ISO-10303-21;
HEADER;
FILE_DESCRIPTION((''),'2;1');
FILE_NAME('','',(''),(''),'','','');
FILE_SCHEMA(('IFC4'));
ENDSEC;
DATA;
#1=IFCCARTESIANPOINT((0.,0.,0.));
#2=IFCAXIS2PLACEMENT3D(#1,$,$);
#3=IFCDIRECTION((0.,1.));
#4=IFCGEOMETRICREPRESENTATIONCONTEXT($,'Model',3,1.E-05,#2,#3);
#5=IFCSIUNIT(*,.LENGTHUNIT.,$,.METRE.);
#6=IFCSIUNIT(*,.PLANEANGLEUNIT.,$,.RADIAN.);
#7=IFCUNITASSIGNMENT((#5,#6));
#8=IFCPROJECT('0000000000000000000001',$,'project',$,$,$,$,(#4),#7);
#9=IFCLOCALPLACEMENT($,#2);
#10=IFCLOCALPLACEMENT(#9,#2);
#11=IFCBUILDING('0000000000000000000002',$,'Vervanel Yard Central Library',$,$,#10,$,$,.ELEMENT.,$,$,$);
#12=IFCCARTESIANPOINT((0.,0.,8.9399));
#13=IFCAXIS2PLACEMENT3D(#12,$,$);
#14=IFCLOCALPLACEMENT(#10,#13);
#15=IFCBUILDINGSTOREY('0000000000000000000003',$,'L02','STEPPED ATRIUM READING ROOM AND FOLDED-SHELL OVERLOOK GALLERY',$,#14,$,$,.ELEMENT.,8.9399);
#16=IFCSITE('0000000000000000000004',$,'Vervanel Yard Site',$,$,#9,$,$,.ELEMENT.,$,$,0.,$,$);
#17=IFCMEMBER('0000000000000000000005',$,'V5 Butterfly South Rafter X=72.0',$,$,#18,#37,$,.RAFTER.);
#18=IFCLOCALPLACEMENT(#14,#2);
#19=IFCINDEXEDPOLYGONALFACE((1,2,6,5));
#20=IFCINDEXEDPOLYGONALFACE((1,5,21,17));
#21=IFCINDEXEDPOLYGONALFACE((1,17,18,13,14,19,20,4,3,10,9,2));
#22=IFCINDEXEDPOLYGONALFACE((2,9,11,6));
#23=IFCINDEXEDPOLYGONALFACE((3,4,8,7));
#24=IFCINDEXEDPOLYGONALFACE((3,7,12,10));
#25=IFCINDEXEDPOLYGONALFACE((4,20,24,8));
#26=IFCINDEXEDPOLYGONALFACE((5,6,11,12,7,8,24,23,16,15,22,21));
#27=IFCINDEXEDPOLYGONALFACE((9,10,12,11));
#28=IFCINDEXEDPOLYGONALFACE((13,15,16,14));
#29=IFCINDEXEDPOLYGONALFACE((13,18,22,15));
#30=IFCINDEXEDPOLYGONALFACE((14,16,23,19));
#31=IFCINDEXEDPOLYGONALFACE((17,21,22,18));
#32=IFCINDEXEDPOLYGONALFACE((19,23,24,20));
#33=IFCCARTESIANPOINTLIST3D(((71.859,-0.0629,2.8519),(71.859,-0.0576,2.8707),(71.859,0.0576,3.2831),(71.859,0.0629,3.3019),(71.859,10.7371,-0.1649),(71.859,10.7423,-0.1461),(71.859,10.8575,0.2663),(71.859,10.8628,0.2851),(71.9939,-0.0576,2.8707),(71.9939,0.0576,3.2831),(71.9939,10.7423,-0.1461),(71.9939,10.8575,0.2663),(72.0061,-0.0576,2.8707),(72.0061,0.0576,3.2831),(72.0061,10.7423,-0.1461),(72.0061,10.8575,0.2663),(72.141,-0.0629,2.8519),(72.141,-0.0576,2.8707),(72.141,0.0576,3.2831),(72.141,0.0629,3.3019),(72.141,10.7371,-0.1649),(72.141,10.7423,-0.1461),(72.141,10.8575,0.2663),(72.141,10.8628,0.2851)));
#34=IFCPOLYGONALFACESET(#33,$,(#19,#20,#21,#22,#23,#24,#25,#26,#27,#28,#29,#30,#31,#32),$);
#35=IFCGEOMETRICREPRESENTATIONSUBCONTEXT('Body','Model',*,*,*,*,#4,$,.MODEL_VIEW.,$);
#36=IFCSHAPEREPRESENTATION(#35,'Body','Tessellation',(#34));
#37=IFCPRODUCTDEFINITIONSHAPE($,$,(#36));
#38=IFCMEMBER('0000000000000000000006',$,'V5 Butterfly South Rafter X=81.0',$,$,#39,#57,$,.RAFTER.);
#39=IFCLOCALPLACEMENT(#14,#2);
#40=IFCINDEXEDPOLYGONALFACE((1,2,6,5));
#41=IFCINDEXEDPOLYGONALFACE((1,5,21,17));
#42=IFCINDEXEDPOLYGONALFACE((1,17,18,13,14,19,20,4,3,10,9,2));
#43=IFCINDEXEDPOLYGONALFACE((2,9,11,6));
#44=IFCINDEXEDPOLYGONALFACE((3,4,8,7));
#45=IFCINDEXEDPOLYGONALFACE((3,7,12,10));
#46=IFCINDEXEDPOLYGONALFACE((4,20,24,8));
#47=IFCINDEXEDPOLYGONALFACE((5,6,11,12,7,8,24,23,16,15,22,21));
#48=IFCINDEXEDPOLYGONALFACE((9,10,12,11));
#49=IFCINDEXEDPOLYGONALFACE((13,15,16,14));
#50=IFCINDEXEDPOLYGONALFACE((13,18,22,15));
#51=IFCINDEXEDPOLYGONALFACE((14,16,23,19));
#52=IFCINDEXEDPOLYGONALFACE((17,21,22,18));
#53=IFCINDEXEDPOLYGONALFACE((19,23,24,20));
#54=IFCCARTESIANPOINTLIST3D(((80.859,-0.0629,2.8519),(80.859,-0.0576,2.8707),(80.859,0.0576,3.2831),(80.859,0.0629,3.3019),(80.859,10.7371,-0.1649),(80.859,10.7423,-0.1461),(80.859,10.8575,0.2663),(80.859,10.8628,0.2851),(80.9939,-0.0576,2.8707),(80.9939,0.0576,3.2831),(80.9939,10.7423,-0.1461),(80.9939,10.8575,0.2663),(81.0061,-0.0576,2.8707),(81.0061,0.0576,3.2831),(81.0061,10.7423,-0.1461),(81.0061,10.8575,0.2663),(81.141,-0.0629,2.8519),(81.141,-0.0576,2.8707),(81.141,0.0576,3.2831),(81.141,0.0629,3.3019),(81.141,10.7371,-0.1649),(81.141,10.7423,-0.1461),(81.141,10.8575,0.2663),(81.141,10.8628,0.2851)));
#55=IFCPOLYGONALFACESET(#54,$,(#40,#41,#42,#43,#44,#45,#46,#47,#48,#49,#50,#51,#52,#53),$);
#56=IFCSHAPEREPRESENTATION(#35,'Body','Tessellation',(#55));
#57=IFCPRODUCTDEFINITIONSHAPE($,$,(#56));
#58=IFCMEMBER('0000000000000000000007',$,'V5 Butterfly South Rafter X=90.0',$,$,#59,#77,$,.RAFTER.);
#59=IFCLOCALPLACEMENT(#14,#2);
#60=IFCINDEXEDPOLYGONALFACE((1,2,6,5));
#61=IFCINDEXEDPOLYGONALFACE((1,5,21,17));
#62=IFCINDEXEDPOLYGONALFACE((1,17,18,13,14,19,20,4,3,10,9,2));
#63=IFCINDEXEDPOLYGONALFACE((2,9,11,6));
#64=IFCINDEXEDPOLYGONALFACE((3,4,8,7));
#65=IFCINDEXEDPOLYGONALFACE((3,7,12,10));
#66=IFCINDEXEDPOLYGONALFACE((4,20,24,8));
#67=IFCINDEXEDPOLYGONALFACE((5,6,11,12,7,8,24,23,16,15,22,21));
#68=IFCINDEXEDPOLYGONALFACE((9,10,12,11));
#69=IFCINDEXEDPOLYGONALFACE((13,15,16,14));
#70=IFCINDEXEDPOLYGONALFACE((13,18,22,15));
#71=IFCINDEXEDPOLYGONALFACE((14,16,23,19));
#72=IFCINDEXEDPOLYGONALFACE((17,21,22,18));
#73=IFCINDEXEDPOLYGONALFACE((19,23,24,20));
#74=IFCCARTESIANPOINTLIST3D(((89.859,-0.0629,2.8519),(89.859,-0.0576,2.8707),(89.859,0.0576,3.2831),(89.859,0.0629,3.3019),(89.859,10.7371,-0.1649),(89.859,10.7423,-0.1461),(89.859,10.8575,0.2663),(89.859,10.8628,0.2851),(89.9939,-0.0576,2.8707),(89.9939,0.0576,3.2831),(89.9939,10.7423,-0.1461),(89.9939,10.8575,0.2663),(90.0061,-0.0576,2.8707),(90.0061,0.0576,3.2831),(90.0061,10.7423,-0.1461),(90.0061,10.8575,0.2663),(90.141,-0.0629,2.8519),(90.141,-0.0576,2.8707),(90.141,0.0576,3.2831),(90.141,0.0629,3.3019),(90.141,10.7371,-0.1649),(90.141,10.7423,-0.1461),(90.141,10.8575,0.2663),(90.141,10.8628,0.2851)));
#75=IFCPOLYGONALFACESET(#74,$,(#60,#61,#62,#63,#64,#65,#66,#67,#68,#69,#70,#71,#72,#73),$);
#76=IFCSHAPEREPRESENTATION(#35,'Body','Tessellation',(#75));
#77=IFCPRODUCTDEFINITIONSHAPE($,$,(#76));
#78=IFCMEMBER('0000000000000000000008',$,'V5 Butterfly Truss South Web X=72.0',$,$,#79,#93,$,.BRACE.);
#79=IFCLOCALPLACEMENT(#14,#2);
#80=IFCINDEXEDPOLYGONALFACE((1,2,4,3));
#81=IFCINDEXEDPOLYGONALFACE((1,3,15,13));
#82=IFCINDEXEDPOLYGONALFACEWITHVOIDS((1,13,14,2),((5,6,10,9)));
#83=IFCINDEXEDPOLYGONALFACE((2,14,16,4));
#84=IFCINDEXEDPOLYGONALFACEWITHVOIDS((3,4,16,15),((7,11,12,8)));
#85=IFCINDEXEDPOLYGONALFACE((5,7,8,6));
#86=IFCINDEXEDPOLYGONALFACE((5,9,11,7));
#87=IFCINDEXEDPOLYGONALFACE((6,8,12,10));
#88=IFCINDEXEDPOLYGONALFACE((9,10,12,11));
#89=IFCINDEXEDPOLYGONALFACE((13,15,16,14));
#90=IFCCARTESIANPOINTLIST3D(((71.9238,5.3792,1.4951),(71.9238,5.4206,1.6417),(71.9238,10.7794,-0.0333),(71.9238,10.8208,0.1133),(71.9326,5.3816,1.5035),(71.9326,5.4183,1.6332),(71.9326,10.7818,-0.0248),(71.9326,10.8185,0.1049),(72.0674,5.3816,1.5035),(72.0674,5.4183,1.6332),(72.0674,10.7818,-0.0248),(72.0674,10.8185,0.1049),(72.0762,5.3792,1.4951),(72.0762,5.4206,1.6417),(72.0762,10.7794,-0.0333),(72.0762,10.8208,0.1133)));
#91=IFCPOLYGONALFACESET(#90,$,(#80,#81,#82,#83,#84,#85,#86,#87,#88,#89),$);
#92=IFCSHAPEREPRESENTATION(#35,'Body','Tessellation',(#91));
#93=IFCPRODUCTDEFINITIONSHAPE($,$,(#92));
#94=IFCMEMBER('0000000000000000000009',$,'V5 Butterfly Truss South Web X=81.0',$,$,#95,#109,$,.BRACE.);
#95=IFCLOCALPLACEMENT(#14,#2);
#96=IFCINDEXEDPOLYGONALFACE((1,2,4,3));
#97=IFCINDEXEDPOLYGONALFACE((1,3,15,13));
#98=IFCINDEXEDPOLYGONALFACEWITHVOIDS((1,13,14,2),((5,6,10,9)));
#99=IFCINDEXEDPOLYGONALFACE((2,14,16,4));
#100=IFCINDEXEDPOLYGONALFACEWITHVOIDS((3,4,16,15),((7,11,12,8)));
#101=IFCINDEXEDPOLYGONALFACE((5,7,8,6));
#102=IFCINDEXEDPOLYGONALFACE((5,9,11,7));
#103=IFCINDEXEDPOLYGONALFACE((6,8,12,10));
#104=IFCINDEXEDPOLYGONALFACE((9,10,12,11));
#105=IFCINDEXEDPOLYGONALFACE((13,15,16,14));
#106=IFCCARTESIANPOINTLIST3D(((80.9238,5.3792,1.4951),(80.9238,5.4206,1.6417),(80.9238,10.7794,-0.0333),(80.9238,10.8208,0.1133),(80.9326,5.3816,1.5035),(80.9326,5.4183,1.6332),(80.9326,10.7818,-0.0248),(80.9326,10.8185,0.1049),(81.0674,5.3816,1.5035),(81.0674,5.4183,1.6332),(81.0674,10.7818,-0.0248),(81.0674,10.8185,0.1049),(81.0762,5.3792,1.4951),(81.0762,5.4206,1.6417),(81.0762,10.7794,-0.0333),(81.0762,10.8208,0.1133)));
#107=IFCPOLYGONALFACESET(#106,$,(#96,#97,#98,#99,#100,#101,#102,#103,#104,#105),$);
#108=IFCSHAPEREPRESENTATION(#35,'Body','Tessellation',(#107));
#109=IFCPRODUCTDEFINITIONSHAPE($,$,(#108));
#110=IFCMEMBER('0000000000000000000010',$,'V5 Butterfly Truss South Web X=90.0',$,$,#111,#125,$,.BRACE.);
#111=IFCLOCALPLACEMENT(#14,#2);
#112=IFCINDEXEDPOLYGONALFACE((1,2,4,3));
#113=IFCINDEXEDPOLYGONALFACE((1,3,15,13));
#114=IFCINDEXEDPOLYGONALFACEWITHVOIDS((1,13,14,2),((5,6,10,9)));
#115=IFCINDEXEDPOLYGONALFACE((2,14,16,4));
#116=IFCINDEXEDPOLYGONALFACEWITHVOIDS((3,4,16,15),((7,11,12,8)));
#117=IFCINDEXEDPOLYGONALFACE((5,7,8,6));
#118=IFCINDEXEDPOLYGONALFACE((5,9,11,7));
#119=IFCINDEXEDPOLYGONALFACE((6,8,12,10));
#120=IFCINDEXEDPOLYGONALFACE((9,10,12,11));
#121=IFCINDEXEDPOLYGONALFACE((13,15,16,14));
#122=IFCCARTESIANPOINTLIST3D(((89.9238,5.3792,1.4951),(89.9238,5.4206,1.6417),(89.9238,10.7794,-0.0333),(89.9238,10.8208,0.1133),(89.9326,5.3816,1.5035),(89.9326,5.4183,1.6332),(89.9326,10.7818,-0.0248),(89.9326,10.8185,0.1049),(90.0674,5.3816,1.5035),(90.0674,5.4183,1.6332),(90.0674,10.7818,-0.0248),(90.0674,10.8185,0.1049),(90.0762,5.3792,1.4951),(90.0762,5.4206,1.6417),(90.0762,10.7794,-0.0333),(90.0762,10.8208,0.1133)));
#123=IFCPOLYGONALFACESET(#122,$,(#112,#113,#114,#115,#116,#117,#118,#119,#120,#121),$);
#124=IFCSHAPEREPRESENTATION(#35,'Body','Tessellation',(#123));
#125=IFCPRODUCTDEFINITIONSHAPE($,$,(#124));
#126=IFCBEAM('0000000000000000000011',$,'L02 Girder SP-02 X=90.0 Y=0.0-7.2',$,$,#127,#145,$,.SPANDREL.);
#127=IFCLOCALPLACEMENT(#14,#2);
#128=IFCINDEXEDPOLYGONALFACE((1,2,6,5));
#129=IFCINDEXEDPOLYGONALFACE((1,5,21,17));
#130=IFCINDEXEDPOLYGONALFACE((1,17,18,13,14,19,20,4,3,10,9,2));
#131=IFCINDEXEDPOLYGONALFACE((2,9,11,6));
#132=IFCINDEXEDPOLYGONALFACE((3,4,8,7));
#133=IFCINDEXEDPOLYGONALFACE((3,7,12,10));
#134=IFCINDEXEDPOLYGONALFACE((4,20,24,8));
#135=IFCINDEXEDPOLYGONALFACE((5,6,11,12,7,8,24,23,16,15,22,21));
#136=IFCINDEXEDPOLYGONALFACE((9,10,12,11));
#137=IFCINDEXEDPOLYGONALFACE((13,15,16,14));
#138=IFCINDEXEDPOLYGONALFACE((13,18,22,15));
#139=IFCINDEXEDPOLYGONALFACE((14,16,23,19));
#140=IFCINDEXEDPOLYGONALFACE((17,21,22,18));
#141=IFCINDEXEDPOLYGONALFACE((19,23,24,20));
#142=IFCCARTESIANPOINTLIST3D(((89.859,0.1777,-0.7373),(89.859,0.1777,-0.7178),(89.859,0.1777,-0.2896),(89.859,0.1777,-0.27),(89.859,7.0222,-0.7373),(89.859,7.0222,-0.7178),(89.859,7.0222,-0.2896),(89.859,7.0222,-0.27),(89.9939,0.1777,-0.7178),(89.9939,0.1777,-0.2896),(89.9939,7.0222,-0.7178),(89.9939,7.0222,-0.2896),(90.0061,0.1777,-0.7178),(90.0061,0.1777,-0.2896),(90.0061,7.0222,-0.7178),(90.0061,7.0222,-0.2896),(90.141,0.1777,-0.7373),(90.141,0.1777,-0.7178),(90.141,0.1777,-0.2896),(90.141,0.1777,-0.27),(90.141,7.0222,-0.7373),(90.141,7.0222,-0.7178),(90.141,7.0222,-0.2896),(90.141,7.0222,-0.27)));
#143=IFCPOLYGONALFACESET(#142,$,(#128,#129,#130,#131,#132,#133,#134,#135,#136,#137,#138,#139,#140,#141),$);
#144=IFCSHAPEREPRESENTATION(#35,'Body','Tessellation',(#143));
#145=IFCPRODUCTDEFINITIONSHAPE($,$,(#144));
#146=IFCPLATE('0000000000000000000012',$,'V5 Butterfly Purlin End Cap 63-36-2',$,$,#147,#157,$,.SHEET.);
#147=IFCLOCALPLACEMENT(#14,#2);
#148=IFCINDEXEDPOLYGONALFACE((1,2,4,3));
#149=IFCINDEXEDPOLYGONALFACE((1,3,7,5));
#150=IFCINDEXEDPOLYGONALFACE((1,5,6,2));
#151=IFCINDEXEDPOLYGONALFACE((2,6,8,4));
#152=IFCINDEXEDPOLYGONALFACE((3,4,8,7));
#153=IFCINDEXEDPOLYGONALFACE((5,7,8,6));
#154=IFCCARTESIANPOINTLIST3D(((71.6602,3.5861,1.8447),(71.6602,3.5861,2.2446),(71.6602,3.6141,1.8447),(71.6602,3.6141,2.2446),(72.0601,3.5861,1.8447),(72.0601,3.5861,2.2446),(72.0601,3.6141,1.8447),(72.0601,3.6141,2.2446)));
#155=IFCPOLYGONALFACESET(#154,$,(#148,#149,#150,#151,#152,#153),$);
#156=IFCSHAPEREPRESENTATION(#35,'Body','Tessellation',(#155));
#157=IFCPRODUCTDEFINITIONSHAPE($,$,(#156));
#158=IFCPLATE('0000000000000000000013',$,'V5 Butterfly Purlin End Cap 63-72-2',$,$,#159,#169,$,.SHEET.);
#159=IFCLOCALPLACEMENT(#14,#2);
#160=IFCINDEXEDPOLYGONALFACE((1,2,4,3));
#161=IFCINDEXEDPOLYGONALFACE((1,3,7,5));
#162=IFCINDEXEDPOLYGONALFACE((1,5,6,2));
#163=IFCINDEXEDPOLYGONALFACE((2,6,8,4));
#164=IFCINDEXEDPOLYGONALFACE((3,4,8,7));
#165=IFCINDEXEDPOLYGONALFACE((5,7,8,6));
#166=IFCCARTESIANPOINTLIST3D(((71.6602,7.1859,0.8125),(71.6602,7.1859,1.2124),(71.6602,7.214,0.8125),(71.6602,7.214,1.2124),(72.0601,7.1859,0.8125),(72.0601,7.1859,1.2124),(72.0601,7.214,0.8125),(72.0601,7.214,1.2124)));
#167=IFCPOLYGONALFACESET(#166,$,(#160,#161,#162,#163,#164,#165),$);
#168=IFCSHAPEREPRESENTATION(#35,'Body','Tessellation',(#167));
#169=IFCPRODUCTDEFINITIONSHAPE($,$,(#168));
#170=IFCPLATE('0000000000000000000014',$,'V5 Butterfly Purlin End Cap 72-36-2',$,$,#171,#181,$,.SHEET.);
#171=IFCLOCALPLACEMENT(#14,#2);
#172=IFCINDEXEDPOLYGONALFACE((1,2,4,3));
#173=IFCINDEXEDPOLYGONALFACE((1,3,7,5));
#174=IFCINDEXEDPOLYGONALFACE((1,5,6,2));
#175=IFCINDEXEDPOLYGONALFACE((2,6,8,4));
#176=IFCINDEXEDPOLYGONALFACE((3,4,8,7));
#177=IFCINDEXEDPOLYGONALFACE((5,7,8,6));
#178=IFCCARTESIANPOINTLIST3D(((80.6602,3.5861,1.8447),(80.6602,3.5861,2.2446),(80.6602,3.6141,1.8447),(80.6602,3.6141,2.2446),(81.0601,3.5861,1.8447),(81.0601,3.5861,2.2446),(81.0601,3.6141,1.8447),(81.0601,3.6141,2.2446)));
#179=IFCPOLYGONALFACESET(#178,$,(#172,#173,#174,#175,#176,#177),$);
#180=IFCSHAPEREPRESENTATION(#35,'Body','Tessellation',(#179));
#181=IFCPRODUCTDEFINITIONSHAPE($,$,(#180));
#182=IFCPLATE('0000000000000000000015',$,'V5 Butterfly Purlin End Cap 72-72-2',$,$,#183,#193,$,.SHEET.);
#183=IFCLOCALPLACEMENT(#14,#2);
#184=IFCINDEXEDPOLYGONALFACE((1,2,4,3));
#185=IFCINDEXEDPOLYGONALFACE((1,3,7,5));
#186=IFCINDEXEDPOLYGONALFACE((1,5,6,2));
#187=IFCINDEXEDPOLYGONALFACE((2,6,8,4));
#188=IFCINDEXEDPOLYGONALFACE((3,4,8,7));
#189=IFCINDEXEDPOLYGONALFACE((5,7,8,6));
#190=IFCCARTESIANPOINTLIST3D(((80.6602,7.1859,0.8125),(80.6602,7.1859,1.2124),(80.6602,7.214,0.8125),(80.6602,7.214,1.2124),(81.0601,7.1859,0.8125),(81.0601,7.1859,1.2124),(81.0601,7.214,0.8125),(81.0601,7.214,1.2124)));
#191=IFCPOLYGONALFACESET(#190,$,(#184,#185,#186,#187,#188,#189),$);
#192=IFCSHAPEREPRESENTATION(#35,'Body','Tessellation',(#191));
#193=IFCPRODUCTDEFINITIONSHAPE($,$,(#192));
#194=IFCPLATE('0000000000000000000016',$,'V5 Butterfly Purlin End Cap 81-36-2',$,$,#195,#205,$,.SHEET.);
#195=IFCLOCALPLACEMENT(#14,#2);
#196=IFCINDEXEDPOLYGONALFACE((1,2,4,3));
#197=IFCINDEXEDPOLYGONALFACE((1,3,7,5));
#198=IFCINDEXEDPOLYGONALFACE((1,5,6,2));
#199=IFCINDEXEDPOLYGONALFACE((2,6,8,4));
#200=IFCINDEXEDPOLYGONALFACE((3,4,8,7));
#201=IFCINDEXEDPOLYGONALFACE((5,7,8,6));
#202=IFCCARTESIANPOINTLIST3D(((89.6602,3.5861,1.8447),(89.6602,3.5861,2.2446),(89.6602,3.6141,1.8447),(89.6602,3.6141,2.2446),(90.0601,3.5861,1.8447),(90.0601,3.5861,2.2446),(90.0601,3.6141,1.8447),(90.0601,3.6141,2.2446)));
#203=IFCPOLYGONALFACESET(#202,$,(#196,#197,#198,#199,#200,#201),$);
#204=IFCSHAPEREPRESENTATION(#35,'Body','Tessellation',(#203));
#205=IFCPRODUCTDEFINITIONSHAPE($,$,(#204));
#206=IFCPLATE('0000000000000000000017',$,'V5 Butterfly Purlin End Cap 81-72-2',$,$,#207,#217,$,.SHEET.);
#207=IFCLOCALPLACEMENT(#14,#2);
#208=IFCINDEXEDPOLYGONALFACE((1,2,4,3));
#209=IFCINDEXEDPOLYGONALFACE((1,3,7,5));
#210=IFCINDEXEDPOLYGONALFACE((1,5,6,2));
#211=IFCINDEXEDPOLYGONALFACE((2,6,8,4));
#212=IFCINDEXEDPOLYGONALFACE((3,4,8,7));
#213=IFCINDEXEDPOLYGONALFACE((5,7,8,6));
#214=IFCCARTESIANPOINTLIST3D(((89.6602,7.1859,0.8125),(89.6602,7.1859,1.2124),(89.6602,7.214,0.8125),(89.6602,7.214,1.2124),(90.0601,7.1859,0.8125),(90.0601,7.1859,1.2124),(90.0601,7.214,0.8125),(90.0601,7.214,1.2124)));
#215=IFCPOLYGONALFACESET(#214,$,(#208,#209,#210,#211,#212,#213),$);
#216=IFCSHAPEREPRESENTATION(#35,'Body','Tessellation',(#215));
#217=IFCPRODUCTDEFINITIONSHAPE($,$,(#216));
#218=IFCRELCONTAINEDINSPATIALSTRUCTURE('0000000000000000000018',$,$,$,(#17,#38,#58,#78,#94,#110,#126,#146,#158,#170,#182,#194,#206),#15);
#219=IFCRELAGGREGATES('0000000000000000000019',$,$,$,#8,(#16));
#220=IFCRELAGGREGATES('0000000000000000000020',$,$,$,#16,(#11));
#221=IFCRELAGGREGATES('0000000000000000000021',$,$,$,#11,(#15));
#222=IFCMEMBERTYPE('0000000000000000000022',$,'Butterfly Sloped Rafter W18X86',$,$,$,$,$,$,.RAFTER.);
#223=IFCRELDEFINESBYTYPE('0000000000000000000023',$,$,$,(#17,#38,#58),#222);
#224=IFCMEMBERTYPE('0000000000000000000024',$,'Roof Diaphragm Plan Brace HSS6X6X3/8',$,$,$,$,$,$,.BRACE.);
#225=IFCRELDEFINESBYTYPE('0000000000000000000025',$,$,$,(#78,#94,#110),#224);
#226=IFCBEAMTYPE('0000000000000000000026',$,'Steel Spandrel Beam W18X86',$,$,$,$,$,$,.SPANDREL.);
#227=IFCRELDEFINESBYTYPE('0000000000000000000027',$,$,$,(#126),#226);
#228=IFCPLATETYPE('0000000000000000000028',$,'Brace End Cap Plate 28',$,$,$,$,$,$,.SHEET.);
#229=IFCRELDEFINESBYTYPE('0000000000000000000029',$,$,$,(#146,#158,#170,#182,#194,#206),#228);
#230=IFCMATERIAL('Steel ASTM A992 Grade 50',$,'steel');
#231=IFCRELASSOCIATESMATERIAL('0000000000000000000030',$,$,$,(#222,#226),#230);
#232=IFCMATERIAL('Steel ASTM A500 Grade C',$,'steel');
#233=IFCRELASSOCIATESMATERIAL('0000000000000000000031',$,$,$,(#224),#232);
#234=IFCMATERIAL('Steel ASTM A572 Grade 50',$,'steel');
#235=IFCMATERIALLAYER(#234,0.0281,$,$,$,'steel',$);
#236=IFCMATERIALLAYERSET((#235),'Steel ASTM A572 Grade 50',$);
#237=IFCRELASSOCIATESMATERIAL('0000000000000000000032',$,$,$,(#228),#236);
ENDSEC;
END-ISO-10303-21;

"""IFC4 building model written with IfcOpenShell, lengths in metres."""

from ifc_helpers import new_model, si_unit, direction, frame, origin, origin_2d, place, context, subcontext, project, spatial, rectangle, hollow_rectangle, i_section, extrude, material, layer, layer_set, material_profile, profile_set, type_object, element, save


model = new_model("IFC4")

# Units and contexts
model_context = context("Model", 3, precision=1e-05, world=origin(), true_north=direction((0.0, 1.0)))
body_context = subcontext(model_context, "Body", "Model", "MODEL_VIEW")
ifc_project = project(units=[si_unit("LENGTHUNIT", "METRE"), si_unit("PLANEANGLEUNIT", "RADIAN")], contexts=[model_context])

# Site, building, storey
site_placement = place(None, origin())
site = spatial("IfcSite", under=ifc_project, at=site_placement, Name="Vervanel Yard Site", CompositionType="ELEMENT", RefElevation=0.0)
building_placement = place(site_placement, origin())
building = spatial("IfcBuilding", under=site, at=building_placement, Name="Vervanel Yard Central Library", CompositionType="ELEMENT")
storey_placement = place(building_placement, frame((0.0, 0.0, 8.9399)))
storey = spatial("IfcBuildingStorey", under=building, at=storey_placement, Name="L02", Description="STEPPED ATRIUM READING ROOM AND FOLDED-SHELL OVERLOOK GALLERY", CompositionType="ELEMENT", Elevation=8.9399)

# Shared definitions
ifc_material_1 = material(Name="Steel ASTM A992 Grade 50", Category="steel")

# Members
ifc_material_2 = material(Name="Steel ASTM A500 Grade C", Category="steel")
ifc_material_profile_1 = material_profile(ifc_material_1, i_section(OverallWidth=0.282, OverallDepth=0.4673, WebThickness=0.0122, FlangeThickness=0.0195, at=origin_2d()), Name="W18X86", Category="steel")
ifc_profile_set_1 = profile_set([ifc_material_profile_1], Name="Steel ASTM A992 Grade 50")
member_type_1 = type_object("IfcMemberType", Name="Butterfly Sloped Rafter W18X86", PredefinedType="RAFTER", material=ifc_profile_set_1)
for number, where, z_axis, x_axis, name in (
    (1, (72.0, 0.0, 3.0769), (0.0, 0.96313, -0.269037), (-1.0, 0.0, 0.0), "V5 Butterfly South Rafter X=72.0"),
    (2, (81.0, 0.0, 3.0769), (0.0, 0.96313, -0.269037), (-1.0, 0.0, 0.0), "V5 Butterfly South Rafter X=81.0"),
    (3, (90.0, 0.0, 3.0769), (0.0, 0.96313, -0.269037), (-1.0, 0.0, 0.0), "V5 Butterfly South Rafter X=90.0"),
):
    element("IfcMember", number, at=place(storey_placement, frame(where, z_axis=z_axis, x_axis=x_axis)), inside=storey, type_object=member_type_1, Name=name, PredefinedType="RAFTER", context=body_context, shape_type="SweptSolid", body=[
        extrude(i_section(OverallWidth=0.282, OverallDepth=0.4673, WebThickness=0.0122, FlangeThickness=0.0195, at=origin_2d()), origin(), (0.0, 0.0, 1.0), 11.2134),
    ])
ifc_material_profile_2 = material_profile(ifc_material_2, hollow_rectangle(XDim=0.1523, YDim=0.1523, WallThickness=0.0088, at=origin_2d()), Name="HSS6X6X3/8", Category="steel")
ifc_profile_set_2 = profile_set([ifc_material_profile_2], Name="Steel ASTM A500 Grade C")
member_type_2 = type_object("IfcMemberType", Name="Roof Diaphragm Plan Brace HSS6X6X3/8", PredefinedType="BRACE", material=ifc_profile_set_2)
for number, where, z_axis, x_axis, name in (
    (4, (72.0, 5.3999, 1.5684), (0.0, 0.962207, -0.272319), (-1.0, 0.0, 0.0), "V5 Butterfly Truss South Web X=72.0"),
    (5, (81.0, 5.3999, 1.5684), (0.0, 0.962207, -0.272319), (-1.0, 0.0, 0.0), "V5 Butterfly Truss South Web X=81.0"),
    (6, (90.0, 5.3999, 1.5684), (0.0, 0.962207, -0.272319), (-1.0, 0.0, 0.0), "V5 Butterfly Truss South Web X=90.0"),
):
    element("IfcMember", number, at=place(storey_placement, frame(where, z_axis=z_axis, x_axis=x_axis)), inside=storey, type_object=member_type_2, Name=name, PredefinedType="BRACE", context=body_context, shape_type="SweptSolid", body=[
        extrude(hollow_rectangle(XDim=0.1523, YDim=0.1523, WallThickness=0.0088, at=origin_2d()), origin(), (0.0, 0.0, 1.0), 5.6123),
    ])

# Beam
ifc_material_profile_3 = material_profile(ifc_material_1, i_section(OverallWidth=0.282, OverallDepth=0.4673, WebThickness=0.0122, FlangeThickness=0.0195, at=origin_2d()), Name="W18X86", Category="steel")
ifc_profile_set_3 = profile_set([ifc_material_profile_3], Name="Steel ASTM A992 Grade 50")
beam_type = type_object("IfcBeamType", Name="Steel Spandrel Beam W18X86", PredefinedType="SPANDREL", material=ifc_profile_set_3)
beam_placement = place(storey_placement, frame((90.0, 0.1777, -0.5037), z_axis=(0.0, 1.0, 0.0), x_axis=(-1.0, 0.0, 0.0)))
element("IfcBeam", 7, at=beam_placement, inside=storey, type_object=beam_type, Name="L02 Girder SP-02 X=90.0 Y=0.0-7.2", PredefinedType="SPANDREL", context=body_context, shape_type="SweptSolid", body=[
    extrude(i_section(OverallWidth=0.282, OverallDepth=0.4673, WebThickness=0.0122, FlangeThickness=0.0195, at=origin_2d()), origin(), (0.0, 0.0, 1.0), 6.8445),
])

# Plates
ifc_material_3 = material(Name="Steel ASTM A572 Grade 50", Category="steel")
ifc_layer_1 = layer(ifc_material_3, 0.0281, Category="steel")
ifc_layer_set_1 = layer_set([ifc_layer_1], Name="Steel ASTM A572 Grade 50")
plate_type = type_object("IfcPlateType", Name="Brace End Cap Plate 28", PredefinedType="SHEET", material=ifc_layer_set_1)
for number, where, z_axis, x_axis, name in (
    (8, (71.8601, 3.6001, 1.8447), (0.0, 0.0, 1.0), (1.0, 0.0, 0.0), "V5 Butterfly Purlin End Cap 63-36-2"),
    (9, (71.8601, 7.2, 0.8125), (0.0, 0.0, 1.0), (1.0, 0.0, 0.0), "V5 Butterfly Purlin End Cap 63-72-2"),
    (10, (80.8601, 3.6001, 1.8447), (0.0, 0.0, 1.0), (1.0, 0.0, 0.0), "V5 Butterfly Purlin End Cap 72-36-2"),
    (11, (80.8601, 7.2, 0.8125), (0.0, 0.0, 1.0), (1.0, 0.0, 0.0), "V5 Butterfly Purlin End Cap 72-72-2"),
    (12, (89.8601, 3.6001, 1.8447), (0.0, 0.0, 1.0), (1.0, 0.0, 0.0), "V5 Butterfly Purlin End Cap 81-36-2"),
    (13, (89.8601, 7.2, 0.8125), (0.0, 0.0, 1.0), (1.0, 0.0, 0.0), "V5 Butterfly Purlin End Cap 81-72-2"),
):
    element("IfcPlate", number, at=place(storey_placement, frame(where, z_axis=z_axis, x_axis=x_axis)), inside=storey, type_object=plate_type, Name=name, PredefinedType="SHEET", context=body_context, shape_type="SweptSolid", body=[
        extrude(rectangle(XDim=0.3999, YDim=0.0281, at=origin_2d()), origin(), (0.0, 0.0, 1.0), 0.3999),
    ])

save(model, "model.ifc")
